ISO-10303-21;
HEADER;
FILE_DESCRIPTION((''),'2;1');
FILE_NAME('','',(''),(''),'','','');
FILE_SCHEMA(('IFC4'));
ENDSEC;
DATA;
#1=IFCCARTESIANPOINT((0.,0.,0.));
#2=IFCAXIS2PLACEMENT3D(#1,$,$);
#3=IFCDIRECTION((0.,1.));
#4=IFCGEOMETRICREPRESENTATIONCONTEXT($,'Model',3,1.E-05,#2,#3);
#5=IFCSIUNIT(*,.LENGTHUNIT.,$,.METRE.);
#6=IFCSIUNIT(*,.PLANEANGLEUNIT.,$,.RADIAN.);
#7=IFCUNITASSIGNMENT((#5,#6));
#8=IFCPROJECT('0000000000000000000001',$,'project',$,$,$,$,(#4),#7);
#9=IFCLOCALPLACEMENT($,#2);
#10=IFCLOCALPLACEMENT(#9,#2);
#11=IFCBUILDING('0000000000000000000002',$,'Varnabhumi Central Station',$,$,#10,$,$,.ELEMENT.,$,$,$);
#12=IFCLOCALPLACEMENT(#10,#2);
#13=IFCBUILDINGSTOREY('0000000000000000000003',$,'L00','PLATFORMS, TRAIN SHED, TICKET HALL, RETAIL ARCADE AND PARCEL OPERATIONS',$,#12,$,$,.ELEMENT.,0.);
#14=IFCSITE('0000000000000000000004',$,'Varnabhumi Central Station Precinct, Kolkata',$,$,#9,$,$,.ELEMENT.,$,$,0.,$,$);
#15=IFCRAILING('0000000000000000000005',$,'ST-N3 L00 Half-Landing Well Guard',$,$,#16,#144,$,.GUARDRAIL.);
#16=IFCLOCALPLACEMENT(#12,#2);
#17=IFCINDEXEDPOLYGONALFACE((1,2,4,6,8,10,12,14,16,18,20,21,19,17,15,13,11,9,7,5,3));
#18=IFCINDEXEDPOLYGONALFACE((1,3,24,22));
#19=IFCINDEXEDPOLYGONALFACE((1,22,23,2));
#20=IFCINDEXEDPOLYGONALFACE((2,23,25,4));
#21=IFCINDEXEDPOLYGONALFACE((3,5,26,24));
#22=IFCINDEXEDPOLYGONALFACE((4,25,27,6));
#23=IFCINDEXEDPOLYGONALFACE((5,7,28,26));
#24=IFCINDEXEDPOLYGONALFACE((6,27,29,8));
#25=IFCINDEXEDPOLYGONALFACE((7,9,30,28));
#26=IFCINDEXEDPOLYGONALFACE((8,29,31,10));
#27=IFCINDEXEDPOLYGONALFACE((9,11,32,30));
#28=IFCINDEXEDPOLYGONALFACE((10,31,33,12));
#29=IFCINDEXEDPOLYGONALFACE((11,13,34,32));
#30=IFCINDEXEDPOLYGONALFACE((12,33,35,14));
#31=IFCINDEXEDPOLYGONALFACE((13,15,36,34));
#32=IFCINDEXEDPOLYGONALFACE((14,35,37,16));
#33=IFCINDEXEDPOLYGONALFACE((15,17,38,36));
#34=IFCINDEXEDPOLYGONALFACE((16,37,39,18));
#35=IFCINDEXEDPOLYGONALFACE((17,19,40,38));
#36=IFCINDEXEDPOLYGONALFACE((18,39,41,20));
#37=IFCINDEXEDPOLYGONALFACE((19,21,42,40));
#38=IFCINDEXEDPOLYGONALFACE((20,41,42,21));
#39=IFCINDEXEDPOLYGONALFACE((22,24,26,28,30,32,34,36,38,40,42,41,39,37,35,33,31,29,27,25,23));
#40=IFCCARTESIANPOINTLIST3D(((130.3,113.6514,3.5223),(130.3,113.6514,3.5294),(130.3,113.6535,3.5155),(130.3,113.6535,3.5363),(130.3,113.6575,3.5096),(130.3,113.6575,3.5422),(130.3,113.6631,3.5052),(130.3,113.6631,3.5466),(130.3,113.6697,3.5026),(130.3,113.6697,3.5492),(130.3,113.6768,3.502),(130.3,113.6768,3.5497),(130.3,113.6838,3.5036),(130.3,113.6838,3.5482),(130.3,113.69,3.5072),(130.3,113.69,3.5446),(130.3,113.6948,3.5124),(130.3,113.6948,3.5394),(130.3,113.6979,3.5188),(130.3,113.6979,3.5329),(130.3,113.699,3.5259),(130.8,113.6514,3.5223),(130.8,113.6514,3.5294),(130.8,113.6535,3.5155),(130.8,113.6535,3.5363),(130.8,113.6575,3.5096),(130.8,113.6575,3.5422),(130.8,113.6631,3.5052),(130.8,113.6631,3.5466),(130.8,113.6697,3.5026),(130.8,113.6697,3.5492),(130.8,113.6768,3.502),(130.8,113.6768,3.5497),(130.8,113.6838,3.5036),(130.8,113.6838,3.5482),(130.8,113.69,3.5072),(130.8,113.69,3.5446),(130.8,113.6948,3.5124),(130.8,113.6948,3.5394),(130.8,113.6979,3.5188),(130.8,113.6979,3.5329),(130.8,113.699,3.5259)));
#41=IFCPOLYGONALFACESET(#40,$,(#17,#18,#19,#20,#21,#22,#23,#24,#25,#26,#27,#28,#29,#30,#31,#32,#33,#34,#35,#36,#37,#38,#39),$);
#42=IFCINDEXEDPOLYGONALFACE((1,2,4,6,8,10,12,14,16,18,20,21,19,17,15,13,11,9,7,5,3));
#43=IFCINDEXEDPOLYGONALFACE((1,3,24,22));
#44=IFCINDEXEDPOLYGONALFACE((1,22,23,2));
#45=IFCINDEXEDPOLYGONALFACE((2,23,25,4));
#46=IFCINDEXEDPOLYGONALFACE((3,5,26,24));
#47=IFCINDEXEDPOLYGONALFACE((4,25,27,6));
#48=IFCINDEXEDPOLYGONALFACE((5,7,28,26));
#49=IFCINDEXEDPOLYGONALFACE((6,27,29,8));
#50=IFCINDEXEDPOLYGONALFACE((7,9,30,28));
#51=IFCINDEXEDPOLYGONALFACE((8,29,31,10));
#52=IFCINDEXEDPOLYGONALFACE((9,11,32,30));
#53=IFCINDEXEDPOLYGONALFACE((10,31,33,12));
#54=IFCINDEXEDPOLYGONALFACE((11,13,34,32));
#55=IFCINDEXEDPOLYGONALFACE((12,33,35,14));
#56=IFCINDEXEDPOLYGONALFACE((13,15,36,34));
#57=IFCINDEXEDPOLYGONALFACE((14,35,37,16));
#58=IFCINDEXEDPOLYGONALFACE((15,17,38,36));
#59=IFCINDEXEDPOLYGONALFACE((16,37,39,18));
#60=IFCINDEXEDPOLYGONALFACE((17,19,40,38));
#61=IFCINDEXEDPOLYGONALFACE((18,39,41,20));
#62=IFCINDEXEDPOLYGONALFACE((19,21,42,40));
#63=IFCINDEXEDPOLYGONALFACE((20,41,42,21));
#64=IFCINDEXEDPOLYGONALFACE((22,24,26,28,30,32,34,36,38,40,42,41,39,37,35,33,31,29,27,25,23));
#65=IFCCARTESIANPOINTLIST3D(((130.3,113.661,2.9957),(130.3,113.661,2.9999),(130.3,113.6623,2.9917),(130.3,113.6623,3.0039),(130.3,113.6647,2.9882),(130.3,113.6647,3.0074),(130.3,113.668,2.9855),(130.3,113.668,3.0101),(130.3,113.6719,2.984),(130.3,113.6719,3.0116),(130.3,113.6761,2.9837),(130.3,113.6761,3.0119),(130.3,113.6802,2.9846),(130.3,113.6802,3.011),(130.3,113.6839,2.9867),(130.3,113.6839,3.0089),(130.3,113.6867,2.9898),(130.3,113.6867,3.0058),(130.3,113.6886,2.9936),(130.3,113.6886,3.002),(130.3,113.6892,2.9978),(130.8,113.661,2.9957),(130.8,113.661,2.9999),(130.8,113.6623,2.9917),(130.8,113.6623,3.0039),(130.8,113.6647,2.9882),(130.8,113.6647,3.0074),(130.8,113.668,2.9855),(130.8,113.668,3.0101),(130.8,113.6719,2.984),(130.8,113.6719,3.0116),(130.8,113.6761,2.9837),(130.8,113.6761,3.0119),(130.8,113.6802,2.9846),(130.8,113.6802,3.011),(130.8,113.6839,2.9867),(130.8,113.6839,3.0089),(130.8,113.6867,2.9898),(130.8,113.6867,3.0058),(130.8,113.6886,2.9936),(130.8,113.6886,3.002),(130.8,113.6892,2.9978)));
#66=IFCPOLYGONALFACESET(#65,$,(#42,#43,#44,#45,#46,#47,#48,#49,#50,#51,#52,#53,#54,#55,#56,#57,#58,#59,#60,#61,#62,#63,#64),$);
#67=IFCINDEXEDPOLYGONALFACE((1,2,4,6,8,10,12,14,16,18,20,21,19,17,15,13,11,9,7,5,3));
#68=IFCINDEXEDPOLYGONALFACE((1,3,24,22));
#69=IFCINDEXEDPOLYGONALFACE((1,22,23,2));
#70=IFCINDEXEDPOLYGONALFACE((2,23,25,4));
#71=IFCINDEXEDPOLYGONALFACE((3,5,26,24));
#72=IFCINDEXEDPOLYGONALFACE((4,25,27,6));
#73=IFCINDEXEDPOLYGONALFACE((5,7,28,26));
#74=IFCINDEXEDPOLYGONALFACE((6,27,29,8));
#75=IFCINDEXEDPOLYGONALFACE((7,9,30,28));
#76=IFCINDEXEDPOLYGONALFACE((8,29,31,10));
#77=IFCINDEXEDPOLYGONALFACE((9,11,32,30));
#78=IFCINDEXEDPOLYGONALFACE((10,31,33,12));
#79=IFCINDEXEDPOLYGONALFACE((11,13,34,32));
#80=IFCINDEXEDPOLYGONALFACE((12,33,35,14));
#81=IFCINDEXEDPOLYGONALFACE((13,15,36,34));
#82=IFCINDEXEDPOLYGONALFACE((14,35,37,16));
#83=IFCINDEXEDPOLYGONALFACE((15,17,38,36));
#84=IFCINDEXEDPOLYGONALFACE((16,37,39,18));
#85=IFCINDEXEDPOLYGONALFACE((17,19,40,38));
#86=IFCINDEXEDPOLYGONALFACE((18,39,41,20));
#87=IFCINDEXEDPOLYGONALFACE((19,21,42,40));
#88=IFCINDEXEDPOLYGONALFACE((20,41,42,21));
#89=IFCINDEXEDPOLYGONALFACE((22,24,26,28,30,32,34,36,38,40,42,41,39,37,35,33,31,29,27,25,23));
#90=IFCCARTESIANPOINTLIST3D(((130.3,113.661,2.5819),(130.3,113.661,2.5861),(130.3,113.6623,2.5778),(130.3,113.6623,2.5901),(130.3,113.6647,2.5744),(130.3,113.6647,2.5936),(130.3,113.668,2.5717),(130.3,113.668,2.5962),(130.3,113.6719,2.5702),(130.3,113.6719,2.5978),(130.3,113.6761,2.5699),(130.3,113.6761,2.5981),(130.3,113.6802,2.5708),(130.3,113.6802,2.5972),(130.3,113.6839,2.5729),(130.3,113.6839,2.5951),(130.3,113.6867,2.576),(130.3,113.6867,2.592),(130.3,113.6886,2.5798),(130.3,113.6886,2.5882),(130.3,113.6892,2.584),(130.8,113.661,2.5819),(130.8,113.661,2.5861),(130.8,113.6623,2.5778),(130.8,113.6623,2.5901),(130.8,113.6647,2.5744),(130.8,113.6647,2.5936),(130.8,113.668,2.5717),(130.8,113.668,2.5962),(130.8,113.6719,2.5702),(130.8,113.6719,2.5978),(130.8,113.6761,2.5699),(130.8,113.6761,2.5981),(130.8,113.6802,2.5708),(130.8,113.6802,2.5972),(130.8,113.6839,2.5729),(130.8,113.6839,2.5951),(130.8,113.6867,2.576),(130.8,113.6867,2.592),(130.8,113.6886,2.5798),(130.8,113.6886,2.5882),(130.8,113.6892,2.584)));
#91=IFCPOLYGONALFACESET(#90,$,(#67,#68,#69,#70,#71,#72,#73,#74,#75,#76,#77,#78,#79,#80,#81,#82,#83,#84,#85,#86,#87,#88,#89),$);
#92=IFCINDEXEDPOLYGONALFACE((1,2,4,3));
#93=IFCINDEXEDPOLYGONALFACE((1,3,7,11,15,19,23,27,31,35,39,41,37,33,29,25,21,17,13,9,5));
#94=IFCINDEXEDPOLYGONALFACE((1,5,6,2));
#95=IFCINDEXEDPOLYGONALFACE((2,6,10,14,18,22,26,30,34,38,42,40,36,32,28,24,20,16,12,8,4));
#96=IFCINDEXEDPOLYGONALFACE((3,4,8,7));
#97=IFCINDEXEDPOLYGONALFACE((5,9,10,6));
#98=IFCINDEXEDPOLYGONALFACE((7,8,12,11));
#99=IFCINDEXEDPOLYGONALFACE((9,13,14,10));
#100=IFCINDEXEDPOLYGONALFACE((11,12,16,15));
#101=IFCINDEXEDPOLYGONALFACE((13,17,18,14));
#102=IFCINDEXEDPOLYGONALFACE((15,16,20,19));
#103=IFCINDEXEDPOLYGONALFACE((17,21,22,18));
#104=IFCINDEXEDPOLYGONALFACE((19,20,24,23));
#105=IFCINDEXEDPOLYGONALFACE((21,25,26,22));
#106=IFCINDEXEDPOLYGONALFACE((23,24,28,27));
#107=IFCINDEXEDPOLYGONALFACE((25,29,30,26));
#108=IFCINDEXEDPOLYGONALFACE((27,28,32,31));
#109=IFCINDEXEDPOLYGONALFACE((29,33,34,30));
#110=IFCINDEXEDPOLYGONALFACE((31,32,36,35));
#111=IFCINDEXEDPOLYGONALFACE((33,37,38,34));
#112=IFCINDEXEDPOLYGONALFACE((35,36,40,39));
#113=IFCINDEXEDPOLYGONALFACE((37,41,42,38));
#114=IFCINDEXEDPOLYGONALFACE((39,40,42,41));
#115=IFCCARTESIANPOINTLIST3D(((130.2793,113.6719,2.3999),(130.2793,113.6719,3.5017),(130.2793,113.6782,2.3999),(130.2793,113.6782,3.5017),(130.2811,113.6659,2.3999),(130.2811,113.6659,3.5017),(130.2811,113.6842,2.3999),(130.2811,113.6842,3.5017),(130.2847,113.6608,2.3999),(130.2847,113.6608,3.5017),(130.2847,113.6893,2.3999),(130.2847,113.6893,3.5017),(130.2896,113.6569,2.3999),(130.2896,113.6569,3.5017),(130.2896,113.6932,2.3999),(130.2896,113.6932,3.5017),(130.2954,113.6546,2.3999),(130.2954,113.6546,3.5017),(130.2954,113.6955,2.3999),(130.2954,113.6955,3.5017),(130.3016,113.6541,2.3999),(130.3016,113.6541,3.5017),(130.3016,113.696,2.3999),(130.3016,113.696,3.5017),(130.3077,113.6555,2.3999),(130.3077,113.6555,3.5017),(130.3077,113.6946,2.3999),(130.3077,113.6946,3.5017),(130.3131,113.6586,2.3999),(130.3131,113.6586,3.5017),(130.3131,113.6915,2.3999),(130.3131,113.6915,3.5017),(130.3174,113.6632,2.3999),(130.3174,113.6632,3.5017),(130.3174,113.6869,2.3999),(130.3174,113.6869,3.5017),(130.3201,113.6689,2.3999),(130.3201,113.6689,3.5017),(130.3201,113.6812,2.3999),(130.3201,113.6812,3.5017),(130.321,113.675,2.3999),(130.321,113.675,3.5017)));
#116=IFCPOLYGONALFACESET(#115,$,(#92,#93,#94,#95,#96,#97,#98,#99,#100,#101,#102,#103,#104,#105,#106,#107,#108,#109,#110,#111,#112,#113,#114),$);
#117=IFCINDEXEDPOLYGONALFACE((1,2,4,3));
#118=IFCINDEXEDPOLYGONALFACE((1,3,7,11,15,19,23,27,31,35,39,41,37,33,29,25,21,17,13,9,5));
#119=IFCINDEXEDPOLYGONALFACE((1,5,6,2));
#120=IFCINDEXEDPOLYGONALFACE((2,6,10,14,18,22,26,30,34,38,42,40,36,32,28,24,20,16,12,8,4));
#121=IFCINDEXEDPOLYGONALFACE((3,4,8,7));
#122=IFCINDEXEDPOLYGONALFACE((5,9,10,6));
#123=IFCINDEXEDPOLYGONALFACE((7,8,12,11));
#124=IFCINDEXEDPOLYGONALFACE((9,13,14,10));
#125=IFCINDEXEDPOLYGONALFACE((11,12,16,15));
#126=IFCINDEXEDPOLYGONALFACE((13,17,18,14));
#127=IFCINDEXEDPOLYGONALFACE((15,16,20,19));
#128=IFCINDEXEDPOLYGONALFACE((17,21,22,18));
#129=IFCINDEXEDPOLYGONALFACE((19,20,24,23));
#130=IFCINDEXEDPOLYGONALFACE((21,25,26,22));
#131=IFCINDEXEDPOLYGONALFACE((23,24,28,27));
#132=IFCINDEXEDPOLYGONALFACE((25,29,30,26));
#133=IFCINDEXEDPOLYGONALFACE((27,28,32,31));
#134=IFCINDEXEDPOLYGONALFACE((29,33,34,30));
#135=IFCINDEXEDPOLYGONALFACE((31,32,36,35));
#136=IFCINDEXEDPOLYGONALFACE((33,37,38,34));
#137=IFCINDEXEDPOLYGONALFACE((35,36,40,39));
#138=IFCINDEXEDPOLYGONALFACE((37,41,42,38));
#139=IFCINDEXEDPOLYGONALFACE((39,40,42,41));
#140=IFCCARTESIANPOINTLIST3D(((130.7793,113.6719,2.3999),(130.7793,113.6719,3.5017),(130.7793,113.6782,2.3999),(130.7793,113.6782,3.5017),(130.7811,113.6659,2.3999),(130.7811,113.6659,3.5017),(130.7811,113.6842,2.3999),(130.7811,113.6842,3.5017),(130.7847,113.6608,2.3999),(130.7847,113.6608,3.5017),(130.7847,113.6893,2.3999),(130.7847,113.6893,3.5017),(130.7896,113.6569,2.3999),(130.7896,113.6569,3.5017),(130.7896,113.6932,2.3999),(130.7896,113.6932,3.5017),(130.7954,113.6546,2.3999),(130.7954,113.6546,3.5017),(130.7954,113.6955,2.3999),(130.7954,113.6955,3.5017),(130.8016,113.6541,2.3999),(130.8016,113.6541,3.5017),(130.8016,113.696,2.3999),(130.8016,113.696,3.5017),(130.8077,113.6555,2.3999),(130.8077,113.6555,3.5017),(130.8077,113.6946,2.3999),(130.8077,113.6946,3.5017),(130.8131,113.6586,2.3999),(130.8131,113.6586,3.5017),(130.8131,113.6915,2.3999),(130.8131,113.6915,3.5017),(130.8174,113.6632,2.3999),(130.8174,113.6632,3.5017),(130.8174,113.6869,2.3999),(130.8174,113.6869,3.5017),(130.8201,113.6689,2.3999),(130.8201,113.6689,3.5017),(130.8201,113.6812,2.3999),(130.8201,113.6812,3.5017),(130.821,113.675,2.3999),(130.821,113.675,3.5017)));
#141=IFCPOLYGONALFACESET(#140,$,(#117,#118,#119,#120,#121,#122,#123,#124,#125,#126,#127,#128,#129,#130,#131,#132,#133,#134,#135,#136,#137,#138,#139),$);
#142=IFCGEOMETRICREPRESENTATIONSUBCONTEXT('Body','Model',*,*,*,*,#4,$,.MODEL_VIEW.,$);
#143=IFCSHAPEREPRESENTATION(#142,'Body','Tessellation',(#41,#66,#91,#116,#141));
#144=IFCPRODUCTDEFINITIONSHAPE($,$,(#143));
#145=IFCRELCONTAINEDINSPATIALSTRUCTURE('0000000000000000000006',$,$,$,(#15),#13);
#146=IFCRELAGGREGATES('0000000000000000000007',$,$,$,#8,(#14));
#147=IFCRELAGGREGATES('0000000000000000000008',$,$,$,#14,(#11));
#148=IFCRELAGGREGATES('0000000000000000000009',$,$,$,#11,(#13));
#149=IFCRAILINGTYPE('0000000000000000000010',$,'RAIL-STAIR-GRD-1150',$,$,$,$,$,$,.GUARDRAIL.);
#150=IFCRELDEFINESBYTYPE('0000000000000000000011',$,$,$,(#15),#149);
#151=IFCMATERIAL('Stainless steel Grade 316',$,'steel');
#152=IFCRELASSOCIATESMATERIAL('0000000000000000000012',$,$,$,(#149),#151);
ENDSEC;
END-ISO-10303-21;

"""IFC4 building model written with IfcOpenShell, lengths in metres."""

from ifc_helpers import new_model, si_unit, direction, frame, origin, origin_2d, place, context, subcontext, project, spatial, circle, extrude, material, type_object, element, save


model = new_model("IFC4")

# Units and contexts
model_context = context("Model", 3, precision=1e-05, world=origin(), true_north=direction((0.0, 1.0)))
body_context = subcontext(model_context, "Body", "Model", "MODEL_VIEW")
ifc_project = project(units=[si_unit("LENGTHUNIT", "METRE"), si_unit("PLANEANGLEUNIT", "RADIAN")], contexts=[model_context])

# Site, building, storey
site_placement = place(None, origin())
site = spatial("IfcSite", under=ifc_project, at=site_placement, Name="Varnabhumi Central Station Precinct, Kolkata", CompositionType="ELEMENT", RefElevation=0.0)
building_placement = place(site_placement, origin())
building = spatial("IfcBuilding", under=site, at=building_placement, Name="Varnabhumi Central Station", CompositionType="ELEMENT")
storey_placement = place(building_placement, origin())
storey = spatial("IfcBuildingStorey", under=building, at=storey_placement, Name="L00", Description="PLATFORMS, TRAIN SHED, TICKET HALL, RETAIL ARCADE AND PARCEL OPERATIONS", CompositionType="ELEMENT", Elevation=0.0)

# Shared definitions
ifc_material_1 = material(Name="Stainless steel Grade 316", Category="steel")

# Railing
railing_type_1 = type_object("IfcRailingType", Name="RAIL-STAIR-GRD-1150", PredefinedType="GUARDRAIL", material=ifc_material_1)
for number, where, name in (
    (1, (130.3, 113.675, 2.3999), "ST-N3 L00 Half-Landing Well Guard"),
):
    element("IfcRailing", number, at=place(storey_placement, frame(where)), inside=storey, type_object=railing_type_1, Name=name, PredefinedType="GUARDRAIL", context=body_context, shape_type="SweptSolid", body=[
        extrude(circle(Radius=0.0239, at=origin_2d()), frame((0.0, 0.0, 1.126), z_axis=(1.0, 0.0, 0.0), x_axis=(0.0, 1.0, 0.0)), (0.0, 0.0, 1.0), 0.5),
        extrude(circle(Radius=0.0142, at=origin_2d()), frame((0.0, 0.0, 0.5979), z_axis=(1.0, 0.0, 0.0), x_axis=(0.0, 1.0, 0.0)), (0.0, 0.0, 1.0), 0.5),
        extrude(circle(Radius=0.0142, at=origin_2d()), frame((0.0, 0.0, 0.1841), z_axis=(1.0, 0.0, 0.0), x_axis=(0.0, 1.0, 0.0)), (0.0, 0.0, 1.0), 0.5),
        extrude(circle(Radius=0.021, at=origin_2d()), origin(), (0.0, 0.0, 1.0), 1.1018),
        extrude(circle(Radius=0.021, at=origin_2d()), frame((0.5, 0.0, 0.0)), (0.0, 0.0, 1.0), 1.1018),
    ])

save(model, "model.ifc")
